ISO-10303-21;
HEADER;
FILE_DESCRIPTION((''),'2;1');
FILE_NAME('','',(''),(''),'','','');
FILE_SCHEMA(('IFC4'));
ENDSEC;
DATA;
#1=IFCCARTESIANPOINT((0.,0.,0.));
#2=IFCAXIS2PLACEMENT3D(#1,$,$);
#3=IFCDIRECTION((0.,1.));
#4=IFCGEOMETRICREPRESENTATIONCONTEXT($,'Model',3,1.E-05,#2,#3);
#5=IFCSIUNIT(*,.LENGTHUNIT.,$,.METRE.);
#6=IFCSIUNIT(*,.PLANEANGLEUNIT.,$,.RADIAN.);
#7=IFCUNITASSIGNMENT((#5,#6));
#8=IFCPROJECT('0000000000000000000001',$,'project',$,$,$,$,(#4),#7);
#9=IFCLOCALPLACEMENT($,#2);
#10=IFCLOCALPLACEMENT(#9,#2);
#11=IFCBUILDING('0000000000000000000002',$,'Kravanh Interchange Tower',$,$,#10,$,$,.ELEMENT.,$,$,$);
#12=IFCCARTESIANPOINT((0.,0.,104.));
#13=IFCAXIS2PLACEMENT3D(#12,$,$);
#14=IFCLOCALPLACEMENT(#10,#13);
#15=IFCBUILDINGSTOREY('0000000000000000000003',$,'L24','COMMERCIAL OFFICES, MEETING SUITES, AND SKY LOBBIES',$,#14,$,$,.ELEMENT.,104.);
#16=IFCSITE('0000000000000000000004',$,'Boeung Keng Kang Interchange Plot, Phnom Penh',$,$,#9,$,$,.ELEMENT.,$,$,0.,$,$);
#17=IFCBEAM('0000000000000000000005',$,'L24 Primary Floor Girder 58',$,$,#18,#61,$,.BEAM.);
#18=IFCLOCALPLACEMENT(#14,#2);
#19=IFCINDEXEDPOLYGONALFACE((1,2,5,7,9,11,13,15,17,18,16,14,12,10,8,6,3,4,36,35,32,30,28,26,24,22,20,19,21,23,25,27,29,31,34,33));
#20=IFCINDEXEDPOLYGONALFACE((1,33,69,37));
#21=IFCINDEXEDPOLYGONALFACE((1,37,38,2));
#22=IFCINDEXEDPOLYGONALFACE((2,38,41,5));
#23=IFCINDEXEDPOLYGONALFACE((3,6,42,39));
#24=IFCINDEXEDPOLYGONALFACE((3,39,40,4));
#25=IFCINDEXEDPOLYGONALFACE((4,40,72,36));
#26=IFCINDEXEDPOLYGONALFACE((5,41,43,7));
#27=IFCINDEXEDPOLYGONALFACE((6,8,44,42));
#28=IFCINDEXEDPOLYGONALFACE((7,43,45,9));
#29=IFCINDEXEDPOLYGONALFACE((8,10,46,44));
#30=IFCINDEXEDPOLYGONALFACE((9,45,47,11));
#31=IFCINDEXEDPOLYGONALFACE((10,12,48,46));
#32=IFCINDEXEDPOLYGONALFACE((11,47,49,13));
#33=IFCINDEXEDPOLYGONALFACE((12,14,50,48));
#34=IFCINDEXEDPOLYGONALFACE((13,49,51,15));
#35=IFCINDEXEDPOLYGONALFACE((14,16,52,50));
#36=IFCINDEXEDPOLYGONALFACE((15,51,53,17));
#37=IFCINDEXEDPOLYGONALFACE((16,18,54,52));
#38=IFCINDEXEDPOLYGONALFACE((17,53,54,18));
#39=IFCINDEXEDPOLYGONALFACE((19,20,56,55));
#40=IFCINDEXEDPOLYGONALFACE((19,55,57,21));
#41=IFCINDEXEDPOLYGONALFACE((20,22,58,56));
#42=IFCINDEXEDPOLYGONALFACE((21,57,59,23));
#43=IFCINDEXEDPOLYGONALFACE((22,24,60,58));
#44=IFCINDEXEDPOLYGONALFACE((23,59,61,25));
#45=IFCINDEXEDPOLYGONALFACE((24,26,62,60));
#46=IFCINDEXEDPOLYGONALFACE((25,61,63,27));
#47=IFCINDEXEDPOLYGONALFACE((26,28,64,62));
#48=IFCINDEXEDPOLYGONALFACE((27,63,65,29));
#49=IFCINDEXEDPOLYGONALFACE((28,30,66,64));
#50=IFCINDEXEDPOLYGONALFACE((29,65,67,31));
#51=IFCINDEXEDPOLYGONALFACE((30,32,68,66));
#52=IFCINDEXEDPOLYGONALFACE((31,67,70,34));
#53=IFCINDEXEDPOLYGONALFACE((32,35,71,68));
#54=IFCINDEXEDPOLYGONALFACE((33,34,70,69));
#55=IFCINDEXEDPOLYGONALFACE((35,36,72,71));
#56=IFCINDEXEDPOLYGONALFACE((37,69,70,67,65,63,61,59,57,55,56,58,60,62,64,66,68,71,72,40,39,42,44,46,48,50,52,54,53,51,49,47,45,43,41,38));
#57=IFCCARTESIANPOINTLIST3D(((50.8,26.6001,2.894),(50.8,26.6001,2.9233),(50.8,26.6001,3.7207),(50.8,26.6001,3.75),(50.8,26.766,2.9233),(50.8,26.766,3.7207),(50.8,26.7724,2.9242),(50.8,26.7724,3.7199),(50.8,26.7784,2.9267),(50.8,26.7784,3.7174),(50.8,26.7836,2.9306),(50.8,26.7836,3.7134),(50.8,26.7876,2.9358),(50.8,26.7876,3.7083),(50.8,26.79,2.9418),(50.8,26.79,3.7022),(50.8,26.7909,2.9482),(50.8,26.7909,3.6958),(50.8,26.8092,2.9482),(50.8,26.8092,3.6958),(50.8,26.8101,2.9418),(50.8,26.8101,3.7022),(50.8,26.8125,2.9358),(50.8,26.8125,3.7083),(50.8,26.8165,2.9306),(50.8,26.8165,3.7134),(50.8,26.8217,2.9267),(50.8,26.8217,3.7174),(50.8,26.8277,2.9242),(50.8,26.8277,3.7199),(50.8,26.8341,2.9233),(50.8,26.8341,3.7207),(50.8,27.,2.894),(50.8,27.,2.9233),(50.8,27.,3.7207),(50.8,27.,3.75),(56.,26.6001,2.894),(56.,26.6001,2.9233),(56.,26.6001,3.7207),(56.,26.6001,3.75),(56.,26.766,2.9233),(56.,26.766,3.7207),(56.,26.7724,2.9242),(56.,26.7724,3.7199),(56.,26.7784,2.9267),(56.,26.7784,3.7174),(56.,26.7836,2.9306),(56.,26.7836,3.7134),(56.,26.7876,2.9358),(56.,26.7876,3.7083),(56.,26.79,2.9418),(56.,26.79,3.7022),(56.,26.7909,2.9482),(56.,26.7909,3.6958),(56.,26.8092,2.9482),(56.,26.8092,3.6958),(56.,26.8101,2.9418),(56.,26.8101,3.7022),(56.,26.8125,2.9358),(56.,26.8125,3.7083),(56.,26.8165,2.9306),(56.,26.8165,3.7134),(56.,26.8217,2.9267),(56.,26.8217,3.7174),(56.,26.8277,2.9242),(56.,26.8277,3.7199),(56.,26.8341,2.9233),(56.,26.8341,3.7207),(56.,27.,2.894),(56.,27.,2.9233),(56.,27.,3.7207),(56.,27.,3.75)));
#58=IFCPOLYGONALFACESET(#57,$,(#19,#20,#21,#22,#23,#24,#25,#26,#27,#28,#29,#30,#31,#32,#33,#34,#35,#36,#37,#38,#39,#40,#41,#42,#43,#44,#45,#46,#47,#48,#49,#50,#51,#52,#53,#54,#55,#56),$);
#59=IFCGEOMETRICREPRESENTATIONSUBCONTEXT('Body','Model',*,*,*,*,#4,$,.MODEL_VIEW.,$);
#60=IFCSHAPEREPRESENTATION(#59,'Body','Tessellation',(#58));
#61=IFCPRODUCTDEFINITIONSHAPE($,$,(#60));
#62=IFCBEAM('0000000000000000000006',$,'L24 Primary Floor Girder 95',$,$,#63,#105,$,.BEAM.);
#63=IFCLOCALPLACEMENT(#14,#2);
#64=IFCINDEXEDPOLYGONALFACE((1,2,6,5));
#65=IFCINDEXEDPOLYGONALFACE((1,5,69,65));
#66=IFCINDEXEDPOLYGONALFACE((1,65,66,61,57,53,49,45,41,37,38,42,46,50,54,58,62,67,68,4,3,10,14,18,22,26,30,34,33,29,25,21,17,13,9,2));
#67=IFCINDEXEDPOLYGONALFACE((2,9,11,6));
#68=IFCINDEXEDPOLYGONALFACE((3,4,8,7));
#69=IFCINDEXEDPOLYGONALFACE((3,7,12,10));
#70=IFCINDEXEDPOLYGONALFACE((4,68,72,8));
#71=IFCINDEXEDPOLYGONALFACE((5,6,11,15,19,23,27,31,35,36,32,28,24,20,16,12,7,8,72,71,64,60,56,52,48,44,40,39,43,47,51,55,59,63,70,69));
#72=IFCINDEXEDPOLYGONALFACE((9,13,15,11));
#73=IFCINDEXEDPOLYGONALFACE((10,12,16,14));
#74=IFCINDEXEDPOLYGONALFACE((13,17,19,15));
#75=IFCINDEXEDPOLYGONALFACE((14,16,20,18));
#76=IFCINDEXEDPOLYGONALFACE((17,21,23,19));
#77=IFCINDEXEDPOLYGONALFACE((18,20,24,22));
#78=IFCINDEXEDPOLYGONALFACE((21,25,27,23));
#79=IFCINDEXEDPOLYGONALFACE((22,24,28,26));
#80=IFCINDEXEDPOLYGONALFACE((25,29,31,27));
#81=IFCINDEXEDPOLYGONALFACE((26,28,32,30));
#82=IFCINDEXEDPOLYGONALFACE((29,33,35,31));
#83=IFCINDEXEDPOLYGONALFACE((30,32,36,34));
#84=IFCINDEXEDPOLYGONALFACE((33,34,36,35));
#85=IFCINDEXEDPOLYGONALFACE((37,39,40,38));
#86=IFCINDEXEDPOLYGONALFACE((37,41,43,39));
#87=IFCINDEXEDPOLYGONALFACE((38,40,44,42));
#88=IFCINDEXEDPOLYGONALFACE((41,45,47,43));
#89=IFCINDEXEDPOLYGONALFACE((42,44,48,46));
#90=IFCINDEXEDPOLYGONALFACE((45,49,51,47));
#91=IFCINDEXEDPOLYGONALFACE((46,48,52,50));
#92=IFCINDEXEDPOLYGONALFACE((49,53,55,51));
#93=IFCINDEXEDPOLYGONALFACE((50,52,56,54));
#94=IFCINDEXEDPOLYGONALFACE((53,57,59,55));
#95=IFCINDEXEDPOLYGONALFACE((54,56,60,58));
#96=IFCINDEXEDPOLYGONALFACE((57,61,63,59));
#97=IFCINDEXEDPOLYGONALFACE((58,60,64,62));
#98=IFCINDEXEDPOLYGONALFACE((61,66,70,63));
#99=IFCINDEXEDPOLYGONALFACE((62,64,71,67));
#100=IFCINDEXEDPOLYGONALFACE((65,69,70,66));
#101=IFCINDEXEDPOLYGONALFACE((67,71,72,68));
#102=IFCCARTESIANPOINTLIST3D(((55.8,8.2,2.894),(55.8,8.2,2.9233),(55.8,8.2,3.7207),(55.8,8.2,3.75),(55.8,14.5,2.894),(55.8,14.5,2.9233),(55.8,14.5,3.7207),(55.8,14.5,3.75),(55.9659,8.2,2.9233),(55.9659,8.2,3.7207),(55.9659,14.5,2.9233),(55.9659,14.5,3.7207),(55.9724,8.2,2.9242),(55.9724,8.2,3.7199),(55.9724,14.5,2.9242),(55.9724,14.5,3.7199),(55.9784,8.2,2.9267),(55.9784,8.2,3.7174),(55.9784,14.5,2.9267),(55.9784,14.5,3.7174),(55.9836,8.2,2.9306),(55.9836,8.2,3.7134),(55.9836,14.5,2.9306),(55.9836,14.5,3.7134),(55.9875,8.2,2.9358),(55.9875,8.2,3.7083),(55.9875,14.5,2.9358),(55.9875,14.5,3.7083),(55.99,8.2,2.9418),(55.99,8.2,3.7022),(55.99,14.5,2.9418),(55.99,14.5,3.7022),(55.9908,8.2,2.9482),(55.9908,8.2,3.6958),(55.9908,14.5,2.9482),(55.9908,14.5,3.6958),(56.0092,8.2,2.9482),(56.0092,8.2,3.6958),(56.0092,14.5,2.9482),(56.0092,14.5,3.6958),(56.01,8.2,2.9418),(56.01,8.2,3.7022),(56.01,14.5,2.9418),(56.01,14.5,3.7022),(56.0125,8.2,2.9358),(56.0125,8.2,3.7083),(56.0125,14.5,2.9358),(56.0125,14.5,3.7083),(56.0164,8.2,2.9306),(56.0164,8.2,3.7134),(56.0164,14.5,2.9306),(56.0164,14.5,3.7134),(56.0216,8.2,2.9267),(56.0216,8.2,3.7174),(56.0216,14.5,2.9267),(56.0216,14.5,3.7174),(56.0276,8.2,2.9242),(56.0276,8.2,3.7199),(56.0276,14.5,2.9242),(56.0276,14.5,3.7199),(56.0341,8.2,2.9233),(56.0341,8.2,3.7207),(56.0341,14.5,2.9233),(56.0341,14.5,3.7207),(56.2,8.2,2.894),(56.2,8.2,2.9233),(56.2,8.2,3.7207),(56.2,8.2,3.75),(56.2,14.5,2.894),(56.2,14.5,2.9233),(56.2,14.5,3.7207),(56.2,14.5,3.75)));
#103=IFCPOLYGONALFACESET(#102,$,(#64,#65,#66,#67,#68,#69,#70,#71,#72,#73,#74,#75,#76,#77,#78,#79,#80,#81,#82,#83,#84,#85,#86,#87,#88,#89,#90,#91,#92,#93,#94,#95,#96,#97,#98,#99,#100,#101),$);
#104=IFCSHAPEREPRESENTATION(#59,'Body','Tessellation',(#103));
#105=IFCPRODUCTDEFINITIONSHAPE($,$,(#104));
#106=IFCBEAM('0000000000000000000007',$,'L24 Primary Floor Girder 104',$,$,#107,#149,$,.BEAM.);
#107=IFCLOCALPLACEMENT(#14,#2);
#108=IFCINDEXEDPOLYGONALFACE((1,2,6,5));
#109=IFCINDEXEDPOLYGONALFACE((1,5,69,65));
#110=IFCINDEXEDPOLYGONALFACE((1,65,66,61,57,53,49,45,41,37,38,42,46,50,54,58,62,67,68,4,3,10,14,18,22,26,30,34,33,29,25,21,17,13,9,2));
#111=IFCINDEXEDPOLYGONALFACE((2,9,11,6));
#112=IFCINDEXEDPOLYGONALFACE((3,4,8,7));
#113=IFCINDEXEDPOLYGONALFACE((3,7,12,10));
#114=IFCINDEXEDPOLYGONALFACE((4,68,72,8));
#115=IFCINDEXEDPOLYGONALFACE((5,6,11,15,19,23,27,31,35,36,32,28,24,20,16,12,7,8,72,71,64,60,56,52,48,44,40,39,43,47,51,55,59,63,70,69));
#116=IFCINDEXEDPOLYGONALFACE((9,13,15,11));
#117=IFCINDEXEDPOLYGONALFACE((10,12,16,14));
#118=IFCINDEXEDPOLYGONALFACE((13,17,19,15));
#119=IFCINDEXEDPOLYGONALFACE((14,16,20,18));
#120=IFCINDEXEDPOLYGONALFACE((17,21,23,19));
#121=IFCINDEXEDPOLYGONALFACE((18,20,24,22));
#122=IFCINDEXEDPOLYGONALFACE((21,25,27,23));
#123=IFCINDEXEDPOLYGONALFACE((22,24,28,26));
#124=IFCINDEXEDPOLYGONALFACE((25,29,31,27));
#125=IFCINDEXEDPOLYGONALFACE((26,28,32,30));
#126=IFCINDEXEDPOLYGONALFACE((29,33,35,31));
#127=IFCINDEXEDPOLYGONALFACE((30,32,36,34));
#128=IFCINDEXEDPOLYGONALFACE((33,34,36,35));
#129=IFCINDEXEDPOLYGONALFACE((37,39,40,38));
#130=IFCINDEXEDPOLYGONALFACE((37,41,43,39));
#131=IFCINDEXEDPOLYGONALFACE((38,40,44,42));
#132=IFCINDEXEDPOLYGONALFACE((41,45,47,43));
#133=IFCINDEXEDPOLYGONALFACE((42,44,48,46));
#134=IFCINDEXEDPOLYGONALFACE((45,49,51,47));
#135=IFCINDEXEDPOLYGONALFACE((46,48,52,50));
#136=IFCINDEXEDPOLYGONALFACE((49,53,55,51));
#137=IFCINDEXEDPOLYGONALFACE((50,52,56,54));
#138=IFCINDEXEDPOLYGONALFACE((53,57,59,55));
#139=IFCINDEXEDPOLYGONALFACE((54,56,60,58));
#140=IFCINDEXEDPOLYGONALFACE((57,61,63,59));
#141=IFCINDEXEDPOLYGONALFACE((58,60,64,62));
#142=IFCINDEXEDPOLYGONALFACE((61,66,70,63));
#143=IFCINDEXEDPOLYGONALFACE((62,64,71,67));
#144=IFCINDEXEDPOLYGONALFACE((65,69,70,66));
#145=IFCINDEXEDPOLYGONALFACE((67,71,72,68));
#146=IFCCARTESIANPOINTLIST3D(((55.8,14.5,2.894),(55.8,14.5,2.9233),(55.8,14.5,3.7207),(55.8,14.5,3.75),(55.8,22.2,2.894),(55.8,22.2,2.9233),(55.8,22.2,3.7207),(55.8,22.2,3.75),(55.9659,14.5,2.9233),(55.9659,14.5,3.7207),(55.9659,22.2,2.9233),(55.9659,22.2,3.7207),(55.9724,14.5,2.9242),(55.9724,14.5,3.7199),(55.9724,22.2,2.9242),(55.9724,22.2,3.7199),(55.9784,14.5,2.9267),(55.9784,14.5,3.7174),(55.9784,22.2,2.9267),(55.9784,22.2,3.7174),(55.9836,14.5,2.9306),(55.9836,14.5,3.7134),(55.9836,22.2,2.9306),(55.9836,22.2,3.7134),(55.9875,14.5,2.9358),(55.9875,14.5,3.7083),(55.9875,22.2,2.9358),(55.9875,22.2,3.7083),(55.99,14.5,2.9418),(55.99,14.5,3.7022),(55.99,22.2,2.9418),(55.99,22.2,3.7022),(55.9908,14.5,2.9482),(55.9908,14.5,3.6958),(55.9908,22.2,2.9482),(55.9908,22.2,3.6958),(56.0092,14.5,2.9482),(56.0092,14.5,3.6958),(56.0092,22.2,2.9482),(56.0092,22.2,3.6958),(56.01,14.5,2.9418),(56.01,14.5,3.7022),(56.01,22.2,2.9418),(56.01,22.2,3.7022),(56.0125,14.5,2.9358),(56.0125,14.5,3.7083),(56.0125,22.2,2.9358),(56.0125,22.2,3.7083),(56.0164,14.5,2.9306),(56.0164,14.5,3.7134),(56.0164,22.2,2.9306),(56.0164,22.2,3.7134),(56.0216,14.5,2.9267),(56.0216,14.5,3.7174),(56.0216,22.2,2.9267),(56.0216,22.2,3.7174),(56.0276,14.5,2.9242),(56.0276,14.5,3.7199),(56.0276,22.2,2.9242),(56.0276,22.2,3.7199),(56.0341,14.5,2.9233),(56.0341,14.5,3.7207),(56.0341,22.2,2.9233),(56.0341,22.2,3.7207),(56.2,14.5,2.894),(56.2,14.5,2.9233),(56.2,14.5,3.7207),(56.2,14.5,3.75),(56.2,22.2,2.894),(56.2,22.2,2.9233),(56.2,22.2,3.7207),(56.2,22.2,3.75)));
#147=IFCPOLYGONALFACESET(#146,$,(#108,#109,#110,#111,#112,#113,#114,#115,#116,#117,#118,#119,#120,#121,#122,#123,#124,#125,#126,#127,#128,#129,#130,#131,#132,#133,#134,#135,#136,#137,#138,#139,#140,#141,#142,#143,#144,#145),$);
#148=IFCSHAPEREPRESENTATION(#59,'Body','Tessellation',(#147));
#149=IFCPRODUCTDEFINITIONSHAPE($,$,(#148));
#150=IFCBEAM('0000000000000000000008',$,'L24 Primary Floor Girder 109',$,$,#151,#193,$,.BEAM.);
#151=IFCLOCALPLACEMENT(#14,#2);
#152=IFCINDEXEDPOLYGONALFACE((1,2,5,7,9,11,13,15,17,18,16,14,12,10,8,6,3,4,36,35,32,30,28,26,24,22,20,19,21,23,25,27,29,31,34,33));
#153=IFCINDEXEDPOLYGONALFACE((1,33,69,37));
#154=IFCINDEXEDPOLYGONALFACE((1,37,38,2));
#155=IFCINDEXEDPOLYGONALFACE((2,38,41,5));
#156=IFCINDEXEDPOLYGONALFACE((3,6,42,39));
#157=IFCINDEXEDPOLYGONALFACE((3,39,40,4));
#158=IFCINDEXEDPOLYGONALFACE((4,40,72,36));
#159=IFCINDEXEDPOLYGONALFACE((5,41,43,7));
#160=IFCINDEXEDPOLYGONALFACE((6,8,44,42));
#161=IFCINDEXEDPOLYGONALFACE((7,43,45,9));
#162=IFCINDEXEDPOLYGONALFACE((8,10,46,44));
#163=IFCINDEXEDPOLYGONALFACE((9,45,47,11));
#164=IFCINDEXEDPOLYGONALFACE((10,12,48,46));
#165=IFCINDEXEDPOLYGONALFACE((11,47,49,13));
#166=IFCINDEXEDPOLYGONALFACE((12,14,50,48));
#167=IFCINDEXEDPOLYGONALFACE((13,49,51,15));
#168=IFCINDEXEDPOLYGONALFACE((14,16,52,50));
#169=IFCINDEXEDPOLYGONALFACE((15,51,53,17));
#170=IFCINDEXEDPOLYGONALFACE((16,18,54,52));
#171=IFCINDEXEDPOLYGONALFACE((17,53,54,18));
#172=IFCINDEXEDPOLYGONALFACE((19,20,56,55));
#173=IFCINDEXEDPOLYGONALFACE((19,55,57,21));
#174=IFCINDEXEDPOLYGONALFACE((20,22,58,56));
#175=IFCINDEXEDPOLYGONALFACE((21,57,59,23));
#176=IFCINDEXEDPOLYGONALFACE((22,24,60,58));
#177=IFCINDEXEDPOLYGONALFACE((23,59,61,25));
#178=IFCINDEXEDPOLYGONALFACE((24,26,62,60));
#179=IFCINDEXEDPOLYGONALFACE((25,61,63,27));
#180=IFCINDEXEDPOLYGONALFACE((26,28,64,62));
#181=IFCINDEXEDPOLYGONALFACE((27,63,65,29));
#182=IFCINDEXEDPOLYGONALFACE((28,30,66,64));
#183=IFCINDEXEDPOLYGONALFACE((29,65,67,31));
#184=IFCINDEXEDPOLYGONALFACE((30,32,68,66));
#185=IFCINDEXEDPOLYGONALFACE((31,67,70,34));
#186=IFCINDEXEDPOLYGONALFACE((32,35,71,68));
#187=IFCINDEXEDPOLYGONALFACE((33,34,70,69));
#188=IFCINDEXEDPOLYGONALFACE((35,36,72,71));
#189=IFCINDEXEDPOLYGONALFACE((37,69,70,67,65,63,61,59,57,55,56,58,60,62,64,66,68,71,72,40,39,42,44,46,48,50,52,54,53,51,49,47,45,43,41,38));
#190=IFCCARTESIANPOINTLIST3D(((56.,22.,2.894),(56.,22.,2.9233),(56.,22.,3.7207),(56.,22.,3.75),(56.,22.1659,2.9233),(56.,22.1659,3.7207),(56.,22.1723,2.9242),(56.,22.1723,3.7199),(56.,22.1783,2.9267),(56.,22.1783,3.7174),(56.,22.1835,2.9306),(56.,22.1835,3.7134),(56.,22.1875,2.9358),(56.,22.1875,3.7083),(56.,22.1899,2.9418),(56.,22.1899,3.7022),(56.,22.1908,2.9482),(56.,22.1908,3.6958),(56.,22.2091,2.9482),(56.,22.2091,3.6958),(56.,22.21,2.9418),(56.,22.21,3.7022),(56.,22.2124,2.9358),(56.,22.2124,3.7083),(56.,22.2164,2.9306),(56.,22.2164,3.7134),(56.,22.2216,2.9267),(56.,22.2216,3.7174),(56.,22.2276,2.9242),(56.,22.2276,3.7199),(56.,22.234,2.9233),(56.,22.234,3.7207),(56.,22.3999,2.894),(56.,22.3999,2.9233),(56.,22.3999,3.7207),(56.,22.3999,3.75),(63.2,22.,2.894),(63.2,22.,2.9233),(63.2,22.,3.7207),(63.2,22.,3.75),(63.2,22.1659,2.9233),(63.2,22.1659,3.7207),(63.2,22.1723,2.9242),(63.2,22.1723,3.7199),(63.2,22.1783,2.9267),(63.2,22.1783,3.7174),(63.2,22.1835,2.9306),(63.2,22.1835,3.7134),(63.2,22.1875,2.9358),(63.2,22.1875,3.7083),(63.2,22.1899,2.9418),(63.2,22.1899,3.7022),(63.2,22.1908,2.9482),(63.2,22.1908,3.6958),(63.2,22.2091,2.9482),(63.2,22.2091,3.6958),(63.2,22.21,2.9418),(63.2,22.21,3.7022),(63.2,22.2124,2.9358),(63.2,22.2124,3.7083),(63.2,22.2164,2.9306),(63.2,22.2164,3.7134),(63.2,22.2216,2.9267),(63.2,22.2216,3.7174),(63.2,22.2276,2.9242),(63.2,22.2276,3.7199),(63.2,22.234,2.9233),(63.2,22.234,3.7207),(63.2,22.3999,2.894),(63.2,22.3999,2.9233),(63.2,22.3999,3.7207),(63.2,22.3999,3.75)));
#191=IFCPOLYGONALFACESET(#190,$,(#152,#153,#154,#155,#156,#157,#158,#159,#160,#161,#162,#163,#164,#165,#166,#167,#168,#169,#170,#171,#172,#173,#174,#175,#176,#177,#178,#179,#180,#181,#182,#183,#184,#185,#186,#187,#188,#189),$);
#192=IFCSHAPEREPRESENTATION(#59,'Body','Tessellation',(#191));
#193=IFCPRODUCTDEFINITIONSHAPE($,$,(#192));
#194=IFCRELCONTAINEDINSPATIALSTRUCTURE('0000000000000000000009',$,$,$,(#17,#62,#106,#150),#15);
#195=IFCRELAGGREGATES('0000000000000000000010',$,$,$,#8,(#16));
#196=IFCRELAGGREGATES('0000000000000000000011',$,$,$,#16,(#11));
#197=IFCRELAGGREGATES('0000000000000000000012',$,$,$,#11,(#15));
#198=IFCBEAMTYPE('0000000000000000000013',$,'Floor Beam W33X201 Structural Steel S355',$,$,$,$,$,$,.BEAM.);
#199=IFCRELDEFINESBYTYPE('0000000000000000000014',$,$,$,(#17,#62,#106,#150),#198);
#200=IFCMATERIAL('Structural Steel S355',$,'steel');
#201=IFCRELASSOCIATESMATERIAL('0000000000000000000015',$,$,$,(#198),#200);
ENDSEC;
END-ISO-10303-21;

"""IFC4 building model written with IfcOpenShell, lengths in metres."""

from ifc_helpers import new_model, si_unit, direction, frame, origin, origin_2d, place, context, subcontext, project, spatial, i_section, extrude, material, material_profile, profile_set, type_object, element, save


model = new_model("IFC4")

# Units and contexts
model_context = context("Model", 3, precision=1e-05, world=origin(), true_north=direction((0.0, 1.0)))
body_context = subcontext(model_context, "Body", "Model", "MODEL_VIEW")
ifc_project = project(units=[si_unit("LENGTHUNIT", "METRE"), si_unit("PLANEANGLEUNIT", "RADIAN")], contexts=[model_context])

# Site, building, storey
site_placement = place(None, origin())
site = spatial("IfcSite", under=ifc_project, at=site_placement, Name="Boeung Keng Kang Interchange Plot, Phnom Penh", CompositionType="ELEMENT", RefElevation=0.0)
building_placement = place(site_placement, origin())
building = spatial("IfcBuilding", under=site, at=building_placement, Name="Kravanh Interchange Tower", CompositionType="ELEMENT")
storey_placement = place(building_placement, frame((0.0, 0.0, 104.0)))
storey = spatial("IfcBuildingStorey", under=building, at=storey_placement, Name="L24", Description="COMMERCIAL OFFICES, MEETING SUITES, AND SKY LOBBIES", CompositionType="ELEMENT", Elevation=104.0)

# Beams
ifc_material_1 = material(Name="Structural Steel S355", Category="steel")
ifc_material_profile_1 = material_profile(ifc_material_1, i_section(OverallWidth=0.3999, OverallDepth=0.856, WebThickness=0.0183, FlangeThickness=0.0293, FilletRadius=0.0249, at=origin_2d()), Name="W33X201")
ifc_profile_set_1 = profile_set([ifc_material_profile_1], Name="Structural Steel S355")
beam_type_1 = type_object("IfcBeamType", Name="Floor Beam W33X201 Structural Steel S355", PredefinedType="BEAM", material=ifc_profile_set_1)
beam_1_placement = place(storey_placement, frame((50.8, 26.8, 3.322), z_axis=(1.0, 0.0, 0.0), x_axis=(0.0, 1.0, 0.0)))
element("IfcBeam", 1, at=beam_1_placement, inside=storey, type_object=beam_type_1, Name="L24 Primary Floor Girder 58", PredefinedType="BEAM", context=body_context, shape_type="SweptSolid", body=[
    extrude(i_section(OverallWidth=0.3999, OverallDepth=0.856, WebThickness=0.0183, FlangeThickness=0.0293, FilletRadius=0.0249, at=origin_2d()), origin(), (0.0, 0.0, 1.0), 5.2),
])
beam_2_placement = place(storey_placement, frame((56.0, 8.2, 3.322), z_axis=(0.0, 1.0, 0.0), x_axis=(-1.0, 0.0, 0.0)))
element("IfcBeam", 2, at=beam_2_placement, inside=storey, type_object=beam_type_1, Name="L24 Primary Floor Girder 95", PredefinedType="BEAM", context=body_context, shape_type="SweptSolid", body=[
    extrude(i_section(OverallWidth=0.3999, OverallDepth=0.856, WebThickness=0.0183, FlangeThickness=0.0293, FilletRadius=0.0249, at=origin_2d()), origin(), (0.0, 0.0, 1.0), 6.3),
])
beam_3_placement = place(storey_placement, frame((56.0, 14.5, 3.322), z_axis=(0.0, 1.0, 0.0), x_axis=(-1.0, 0.0, 0.0)))
element("IfcBeam", 3, at=beam_3_placement, inside=storey, type_object=beam_type_1, Name="L24 Primary Floor Girder 104", PredefinedType="BEAM", context=body_context, shape_type="SweptSolid", body=[
    extrude(i_section(OverallWidth=0.3999, OverallDepth=0.856, WebThickness=0.0183, FlangeThickness=0.0293, FilletRadius=0.0249, at=origin_2d()), origin(), (0.0, 0.0, 1.0), 7.7),
])
beam_4_placement = place(storey_placement, frame((56.0, 22.2, 3.322), z_axis=(1.0, 0.0, 0.0), x_axis=(0.0, 1.0, 0.0)))
element("IfcBeam", 4, at=beam_4_placement, inside=storey, type_object=beam_type_1, Name="L24 Primary Floor Girder 109", PredefinedType="BEAM", context=body_context, shape_type="SweptSolid", body=[
    extrude(i_section(OverallWidth=0.3999, OverallDepth=0.856, WebThickness=0.0183, FlangeThickness=0.0293, FilletRadius=0.0249, at=origin_2d()), origin(), (0.0, 0.0, 1.0), 7.2),
])

save(model, "model.ifc")
